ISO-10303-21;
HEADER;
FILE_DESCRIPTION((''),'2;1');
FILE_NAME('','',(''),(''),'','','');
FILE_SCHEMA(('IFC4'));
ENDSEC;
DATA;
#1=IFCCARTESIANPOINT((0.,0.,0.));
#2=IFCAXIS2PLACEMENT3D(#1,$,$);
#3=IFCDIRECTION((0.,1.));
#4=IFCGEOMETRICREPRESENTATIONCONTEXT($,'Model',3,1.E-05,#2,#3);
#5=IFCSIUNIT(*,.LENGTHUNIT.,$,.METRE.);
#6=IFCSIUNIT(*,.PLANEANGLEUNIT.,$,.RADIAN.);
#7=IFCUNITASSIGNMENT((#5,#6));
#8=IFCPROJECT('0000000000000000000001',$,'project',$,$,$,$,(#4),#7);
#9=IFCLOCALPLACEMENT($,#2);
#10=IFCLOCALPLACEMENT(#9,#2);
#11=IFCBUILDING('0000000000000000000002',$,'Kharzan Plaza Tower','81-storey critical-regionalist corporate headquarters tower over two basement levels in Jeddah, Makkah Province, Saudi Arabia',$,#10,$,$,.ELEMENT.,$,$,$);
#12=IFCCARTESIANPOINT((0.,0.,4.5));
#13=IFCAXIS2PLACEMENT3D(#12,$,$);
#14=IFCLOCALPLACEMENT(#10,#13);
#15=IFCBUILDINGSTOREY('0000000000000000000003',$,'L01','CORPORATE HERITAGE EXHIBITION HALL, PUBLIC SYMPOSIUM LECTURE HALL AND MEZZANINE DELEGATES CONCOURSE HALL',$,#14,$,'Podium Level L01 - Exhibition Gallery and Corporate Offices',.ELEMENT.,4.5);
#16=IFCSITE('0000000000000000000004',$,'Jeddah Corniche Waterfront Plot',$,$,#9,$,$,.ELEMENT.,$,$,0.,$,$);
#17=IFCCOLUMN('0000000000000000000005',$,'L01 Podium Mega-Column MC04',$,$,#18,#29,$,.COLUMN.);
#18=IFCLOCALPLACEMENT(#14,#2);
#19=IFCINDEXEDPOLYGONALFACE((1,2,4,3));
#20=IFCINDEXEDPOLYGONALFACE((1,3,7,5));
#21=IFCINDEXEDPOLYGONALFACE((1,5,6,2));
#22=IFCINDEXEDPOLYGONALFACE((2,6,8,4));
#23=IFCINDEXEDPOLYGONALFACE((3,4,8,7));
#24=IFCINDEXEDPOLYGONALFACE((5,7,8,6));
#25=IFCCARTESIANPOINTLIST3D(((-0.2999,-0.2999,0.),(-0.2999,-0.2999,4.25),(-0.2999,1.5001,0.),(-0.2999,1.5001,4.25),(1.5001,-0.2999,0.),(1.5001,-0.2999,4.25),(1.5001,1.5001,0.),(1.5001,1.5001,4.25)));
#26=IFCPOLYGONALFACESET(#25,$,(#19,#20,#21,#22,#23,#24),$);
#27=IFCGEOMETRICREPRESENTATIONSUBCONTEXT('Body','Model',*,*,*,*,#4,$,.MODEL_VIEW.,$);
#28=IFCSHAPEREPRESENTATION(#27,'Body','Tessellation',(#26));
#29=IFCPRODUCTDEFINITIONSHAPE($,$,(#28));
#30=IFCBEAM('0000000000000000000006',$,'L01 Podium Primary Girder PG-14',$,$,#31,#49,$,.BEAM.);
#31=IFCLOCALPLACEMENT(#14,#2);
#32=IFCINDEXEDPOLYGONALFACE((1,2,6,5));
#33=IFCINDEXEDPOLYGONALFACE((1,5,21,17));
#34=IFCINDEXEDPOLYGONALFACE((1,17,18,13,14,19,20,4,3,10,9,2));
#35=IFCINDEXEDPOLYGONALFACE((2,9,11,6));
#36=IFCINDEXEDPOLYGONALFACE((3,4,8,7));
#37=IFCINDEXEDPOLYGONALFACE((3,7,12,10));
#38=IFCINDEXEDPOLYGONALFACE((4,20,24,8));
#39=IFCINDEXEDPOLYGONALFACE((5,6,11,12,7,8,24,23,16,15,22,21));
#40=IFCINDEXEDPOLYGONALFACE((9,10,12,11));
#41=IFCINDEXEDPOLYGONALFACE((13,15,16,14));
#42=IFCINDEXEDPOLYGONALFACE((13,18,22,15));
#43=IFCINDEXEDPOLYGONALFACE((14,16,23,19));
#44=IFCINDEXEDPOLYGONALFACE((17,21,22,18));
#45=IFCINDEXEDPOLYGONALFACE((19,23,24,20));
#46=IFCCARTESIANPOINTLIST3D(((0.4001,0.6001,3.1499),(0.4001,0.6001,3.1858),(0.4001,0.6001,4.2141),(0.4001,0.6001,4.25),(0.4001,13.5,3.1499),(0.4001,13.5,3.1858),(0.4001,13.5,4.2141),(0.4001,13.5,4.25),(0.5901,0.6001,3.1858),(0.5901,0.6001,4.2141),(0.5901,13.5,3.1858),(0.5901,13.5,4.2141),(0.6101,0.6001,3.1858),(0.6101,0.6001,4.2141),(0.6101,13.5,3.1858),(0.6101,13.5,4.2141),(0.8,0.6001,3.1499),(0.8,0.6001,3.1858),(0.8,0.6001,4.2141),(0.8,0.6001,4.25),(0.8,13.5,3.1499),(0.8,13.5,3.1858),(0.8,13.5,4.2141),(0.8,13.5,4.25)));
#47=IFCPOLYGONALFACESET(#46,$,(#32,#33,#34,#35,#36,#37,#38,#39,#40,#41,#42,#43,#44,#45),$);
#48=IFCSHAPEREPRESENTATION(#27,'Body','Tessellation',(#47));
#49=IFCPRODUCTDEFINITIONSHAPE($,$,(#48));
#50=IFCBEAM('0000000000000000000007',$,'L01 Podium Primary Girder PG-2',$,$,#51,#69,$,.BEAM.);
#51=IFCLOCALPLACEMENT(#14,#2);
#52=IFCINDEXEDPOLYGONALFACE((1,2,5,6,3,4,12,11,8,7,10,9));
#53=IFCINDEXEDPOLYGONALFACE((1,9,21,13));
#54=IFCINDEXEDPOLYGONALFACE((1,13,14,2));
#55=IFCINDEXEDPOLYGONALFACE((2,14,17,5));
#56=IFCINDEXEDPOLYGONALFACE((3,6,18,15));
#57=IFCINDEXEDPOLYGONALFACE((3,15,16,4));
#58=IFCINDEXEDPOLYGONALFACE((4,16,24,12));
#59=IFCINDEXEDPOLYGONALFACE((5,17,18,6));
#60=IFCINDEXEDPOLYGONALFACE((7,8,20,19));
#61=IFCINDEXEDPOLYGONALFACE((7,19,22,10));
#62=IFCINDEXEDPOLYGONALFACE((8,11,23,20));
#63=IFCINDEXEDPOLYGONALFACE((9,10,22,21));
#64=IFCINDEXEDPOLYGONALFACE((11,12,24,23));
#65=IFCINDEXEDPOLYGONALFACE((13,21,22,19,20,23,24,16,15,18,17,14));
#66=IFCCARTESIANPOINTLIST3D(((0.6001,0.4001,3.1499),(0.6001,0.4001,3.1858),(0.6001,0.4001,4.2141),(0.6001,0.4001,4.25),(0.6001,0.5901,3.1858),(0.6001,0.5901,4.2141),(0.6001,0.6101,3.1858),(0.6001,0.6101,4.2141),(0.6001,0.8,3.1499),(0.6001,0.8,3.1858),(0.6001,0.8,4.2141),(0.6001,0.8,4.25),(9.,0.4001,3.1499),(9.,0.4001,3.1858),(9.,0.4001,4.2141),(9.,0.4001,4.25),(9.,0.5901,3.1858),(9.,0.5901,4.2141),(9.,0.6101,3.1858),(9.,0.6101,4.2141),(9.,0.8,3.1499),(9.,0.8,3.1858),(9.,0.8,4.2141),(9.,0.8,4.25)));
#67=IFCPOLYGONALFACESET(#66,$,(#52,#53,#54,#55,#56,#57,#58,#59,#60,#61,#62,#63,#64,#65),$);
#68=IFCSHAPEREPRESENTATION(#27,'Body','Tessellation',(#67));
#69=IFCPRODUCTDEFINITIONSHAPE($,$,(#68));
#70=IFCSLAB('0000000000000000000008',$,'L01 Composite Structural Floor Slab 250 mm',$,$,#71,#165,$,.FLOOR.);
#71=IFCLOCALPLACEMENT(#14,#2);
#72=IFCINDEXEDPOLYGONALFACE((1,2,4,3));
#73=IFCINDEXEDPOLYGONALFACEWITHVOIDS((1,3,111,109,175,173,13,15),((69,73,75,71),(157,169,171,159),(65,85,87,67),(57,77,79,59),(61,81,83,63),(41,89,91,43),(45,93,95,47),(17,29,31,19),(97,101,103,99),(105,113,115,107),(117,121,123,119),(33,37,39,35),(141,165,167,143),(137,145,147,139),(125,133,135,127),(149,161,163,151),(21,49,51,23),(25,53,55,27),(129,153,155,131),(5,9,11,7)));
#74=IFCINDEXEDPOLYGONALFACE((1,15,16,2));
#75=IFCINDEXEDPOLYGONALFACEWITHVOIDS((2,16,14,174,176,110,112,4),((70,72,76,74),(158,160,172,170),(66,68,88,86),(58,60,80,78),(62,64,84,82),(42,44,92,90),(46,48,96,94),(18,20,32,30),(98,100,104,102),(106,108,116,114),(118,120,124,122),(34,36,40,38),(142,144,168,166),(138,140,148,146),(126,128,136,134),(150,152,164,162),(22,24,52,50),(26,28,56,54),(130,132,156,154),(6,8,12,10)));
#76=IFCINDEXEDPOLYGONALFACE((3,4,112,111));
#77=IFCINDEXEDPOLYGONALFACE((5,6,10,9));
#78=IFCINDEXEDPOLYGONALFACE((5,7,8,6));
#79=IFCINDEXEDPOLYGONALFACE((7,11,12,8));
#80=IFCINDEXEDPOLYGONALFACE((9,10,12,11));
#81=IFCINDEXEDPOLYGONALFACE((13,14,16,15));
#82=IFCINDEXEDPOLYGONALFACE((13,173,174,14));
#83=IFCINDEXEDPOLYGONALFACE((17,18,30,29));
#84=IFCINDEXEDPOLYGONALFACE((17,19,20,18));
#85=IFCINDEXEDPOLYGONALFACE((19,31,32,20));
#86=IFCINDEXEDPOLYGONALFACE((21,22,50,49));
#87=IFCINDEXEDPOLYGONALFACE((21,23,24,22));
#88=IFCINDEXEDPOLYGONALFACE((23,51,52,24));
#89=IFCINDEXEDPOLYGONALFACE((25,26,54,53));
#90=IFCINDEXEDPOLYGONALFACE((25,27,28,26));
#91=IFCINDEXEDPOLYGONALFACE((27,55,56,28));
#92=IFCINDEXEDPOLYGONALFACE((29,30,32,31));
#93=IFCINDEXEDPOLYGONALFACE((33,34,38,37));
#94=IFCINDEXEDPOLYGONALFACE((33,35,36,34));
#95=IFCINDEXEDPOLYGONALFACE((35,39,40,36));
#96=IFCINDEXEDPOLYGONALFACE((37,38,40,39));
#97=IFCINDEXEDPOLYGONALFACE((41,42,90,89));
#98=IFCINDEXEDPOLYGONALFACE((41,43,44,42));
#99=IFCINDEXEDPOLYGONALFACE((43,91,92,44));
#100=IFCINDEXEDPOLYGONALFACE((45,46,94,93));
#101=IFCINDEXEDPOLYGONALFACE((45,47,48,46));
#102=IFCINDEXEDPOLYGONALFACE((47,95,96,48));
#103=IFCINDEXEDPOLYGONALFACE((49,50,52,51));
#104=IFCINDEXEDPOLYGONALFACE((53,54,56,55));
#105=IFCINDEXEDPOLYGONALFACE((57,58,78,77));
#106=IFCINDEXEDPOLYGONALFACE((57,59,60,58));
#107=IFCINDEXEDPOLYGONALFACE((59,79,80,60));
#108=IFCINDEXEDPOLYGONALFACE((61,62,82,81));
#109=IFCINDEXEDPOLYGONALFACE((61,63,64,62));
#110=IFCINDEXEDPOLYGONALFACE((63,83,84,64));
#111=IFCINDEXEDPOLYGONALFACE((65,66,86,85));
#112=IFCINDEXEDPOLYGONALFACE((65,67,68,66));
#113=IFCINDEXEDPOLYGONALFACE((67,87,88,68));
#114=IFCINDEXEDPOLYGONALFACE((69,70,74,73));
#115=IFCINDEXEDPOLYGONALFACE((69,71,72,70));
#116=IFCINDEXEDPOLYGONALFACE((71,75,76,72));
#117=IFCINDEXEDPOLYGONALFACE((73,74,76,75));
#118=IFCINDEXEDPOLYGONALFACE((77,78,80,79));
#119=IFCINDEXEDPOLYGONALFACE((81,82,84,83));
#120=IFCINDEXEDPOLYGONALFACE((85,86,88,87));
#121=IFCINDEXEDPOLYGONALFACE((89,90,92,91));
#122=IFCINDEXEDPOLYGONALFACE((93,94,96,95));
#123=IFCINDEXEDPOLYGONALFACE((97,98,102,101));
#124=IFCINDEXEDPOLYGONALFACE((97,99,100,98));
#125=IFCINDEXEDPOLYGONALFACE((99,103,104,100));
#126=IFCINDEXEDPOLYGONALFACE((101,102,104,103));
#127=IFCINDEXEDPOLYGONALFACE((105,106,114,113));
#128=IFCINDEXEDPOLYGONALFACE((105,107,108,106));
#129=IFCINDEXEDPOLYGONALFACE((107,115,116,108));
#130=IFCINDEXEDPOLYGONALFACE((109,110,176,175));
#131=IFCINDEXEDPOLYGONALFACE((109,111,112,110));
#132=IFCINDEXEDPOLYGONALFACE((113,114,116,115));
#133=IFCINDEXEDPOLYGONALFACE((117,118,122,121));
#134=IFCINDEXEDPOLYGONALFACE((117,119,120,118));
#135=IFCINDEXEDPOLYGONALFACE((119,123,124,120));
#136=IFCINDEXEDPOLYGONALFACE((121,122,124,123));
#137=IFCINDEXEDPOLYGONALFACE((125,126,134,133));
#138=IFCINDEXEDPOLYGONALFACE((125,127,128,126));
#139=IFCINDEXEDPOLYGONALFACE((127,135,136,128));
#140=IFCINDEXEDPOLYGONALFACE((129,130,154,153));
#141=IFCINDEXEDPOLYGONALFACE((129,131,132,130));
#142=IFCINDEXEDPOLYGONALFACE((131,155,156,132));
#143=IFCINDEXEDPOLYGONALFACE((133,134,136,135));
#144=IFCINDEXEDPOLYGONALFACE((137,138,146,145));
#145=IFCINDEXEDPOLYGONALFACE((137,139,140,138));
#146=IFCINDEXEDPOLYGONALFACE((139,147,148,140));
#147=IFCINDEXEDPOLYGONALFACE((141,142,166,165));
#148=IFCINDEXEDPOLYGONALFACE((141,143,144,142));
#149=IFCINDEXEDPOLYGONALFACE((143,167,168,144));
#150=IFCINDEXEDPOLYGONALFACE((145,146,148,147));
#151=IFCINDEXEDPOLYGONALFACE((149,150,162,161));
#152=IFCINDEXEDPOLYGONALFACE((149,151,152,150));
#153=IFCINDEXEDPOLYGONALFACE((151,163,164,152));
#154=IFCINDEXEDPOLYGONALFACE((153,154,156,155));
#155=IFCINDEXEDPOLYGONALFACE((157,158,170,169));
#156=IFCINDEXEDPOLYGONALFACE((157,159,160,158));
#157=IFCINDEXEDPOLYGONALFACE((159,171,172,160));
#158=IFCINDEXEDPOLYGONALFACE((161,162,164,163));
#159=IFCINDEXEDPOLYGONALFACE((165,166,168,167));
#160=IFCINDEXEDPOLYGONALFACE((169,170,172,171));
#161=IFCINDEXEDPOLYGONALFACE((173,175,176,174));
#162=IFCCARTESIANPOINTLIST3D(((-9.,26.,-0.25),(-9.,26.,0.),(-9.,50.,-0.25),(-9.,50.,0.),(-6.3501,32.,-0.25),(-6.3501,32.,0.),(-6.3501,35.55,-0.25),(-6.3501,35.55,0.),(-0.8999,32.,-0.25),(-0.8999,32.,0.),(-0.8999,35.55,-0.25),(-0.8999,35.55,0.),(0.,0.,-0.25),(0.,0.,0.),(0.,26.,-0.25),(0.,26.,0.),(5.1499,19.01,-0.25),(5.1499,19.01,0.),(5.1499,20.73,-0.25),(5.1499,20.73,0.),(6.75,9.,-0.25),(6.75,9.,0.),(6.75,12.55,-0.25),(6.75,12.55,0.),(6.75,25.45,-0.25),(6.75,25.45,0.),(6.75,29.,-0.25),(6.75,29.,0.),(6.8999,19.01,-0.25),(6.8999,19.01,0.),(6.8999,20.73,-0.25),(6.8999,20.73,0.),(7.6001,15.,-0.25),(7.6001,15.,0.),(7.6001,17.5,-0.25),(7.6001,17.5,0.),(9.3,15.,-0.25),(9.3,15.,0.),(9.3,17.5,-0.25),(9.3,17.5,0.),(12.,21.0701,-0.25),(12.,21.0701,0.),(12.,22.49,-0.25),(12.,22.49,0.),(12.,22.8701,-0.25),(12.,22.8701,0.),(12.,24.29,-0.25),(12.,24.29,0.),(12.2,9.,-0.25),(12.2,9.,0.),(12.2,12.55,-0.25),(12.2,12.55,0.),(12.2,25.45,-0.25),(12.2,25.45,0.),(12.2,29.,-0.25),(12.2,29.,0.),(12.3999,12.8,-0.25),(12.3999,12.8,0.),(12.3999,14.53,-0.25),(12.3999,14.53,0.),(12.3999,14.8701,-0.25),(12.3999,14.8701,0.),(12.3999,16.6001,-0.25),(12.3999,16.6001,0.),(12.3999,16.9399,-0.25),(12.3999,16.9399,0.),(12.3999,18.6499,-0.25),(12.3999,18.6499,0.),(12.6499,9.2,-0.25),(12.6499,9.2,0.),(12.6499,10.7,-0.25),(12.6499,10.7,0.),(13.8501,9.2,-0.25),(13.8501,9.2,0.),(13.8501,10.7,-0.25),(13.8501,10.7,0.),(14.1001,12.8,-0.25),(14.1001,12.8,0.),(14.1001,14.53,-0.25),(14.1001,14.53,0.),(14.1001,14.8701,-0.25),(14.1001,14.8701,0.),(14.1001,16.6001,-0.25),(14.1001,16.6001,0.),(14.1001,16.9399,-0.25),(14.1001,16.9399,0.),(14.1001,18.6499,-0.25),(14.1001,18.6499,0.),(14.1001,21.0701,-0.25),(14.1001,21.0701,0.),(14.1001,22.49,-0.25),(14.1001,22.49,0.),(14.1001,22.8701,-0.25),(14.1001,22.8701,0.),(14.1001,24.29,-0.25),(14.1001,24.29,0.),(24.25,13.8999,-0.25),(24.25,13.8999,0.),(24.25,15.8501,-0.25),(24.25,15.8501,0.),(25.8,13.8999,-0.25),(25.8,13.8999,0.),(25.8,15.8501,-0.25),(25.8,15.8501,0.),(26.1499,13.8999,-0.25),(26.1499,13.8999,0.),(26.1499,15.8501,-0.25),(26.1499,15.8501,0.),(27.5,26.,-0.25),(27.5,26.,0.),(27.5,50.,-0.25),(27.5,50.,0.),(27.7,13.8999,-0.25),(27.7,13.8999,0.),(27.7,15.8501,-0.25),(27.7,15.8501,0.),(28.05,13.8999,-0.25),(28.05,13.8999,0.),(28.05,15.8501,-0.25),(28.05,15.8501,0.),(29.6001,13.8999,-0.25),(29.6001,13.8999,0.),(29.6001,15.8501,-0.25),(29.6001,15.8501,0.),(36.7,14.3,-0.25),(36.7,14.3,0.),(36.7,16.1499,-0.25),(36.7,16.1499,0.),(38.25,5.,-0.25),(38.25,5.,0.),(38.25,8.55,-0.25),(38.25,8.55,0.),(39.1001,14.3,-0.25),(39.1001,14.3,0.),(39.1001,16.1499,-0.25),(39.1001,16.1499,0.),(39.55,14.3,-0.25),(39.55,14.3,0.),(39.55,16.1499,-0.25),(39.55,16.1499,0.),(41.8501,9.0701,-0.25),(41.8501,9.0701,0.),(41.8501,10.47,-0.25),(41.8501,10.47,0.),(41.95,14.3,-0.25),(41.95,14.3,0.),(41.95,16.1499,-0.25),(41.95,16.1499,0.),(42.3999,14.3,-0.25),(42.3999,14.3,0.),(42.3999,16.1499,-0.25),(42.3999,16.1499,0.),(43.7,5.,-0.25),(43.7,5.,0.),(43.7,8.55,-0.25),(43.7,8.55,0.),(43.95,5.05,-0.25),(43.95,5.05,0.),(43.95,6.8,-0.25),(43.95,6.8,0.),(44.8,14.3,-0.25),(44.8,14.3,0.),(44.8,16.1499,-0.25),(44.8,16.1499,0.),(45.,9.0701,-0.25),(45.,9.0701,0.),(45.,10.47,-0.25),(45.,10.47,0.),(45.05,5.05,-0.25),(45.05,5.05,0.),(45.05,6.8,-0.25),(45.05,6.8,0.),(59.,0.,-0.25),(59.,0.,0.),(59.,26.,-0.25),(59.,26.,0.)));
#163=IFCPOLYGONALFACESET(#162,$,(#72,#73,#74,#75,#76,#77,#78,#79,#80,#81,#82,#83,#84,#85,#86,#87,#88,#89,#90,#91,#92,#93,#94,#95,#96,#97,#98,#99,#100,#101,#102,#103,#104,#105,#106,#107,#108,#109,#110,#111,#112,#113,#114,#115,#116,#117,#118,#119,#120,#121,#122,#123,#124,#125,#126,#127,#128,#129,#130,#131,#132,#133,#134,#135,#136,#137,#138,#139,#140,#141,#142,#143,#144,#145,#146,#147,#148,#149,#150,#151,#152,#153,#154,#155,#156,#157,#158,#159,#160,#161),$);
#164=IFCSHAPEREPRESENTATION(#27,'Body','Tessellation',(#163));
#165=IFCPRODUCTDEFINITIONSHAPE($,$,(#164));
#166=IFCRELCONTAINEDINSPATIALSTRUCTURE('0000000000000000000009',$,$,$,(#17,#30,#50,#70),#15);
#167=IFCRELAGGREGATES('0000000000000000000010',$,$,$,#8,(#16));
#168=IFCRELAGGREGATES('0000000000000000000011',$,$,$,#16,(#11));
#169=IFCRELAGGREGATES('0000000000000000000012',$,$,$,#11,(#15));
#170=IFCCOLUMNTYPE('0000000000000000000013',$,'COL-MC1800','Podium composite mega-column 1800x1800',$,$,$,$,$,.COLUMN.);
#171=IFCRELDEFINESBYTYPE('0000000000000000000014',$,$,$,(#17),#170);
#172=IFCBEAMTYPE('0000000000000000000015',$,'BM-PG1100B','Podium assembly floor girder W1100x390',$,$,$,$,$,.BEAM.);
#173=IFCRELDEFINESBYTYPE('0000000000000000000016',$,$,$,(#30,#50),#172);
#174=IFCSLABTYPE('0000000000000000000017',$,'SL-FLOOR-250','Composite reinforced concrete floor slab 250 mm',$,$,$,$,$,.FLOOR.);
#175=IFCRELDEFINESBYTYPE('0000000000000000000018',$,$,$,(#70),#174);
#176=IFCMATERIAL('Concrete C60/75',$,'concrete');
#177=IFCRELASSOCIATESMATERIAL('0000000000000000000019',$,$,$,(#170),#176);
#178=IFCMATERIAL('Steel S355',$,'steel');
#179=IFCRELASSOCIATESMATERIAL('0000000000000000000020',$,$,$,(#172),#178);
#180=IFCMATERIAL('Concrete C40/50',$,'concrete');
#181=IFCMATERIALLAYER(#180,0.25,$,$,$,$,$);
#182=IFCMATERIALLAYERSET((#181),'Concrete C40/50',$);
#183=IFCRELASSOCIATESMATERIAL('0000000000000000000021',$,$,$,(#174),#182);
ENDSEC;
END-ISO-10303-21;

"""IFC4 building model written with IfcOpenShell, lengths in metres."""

from ifc_helpers import new_model, si_unit, direction, frame, origin, origin_2d, place, context, subcontext, project, spatial, polyline, rectangle, i_section, outline, extrude, source, transform, mapped, material, layer, layer_set, material_profile, profile_set, type_object, element, save


model = new_model("IFC4")

# Units and contexts
model_context = context("Model", 3, precision=1e-05, world=origin(), true_north=direction((0.0, 1.0)))
body_context = subcontext(model_context, "Body", "Model", "MODEL_VIEW")
ifc_project = project(units=[si_unit("LENGTHUNIT", "METRE"), si_unit("PLANEANGLEUNIT", "RADIAN")], contexts=[model_context])

# Site, building, storey
site_placement = place(None, origin())
site = spatial("IfcSite", under=ifc_project, at=site_placement, Name="Jeddah Corniche Waterfront Plot", CompositionType="ELEMENT", RefElevation=0.0)
building_placement = place(site_placement, origin())
building = spatial("IfcBuilding", under=site, at=building_placement, Name="Kharzan Plaza Tower", Description="81-storey critical-regionalist corporate headquarters tower over two basement levels in Jeddah, Makkah Province, Saudi Arabia", CompositionType="ELEMENT")
storey_placement = place(building_placement, frame((0.0, 0.0, 4.5)))
storey = spatial("IfcBuildingStorey", under=building, at=storey_placement, Name="L01", Description="CORPORATE HERITAGE EXHIBITION HALL, PUBLIC SYMPOSIUM LECTURE HALL AND MEZZANINE DELEGATES CONCOURSE HALL", LongName="Podium Level L01 - Exhibition Gallery and Corporate Offices", CompositionType="ELEMENT", Elevation=4.5)

# Column
ifc_material_1 = material(Name="Concrete C60/75", Category="concrete")
ifc_material_profile_1 = material_profile(ifc_material_1, rectangle(XDim=1.8, YDim=1.8, at=origin_2d()), Name="RC-MC1800x1800")
ifc_profile_set_1 = profile_set([ifc_material_profile_1], Name="Concrete C60/75")
column_type = type_object("IfcColumnType", Name="COL-MC1800", Description="Podium composite mega-column 1800x1800", PredefinedType="COLUMN", material=ifc_profile_set_1)
shared_shape_1 = source(origin(), body_context, "Body", "SweptSolid", [
    extrude(rectangle(XDim=1.8, YDim=1.8, at=origin_2d()), origin(), (0.0, 0.0, 1.0), 4.25),
])
column_placement = place(storey_placement, frame((0.6001, 0.6001, 0.0), z_axis=(0.0, 0.0, 1.0), x_axis=(1.0, 0.0, 0.0)))
element("IfcColumn", 1, at=column_placement, inside=storey, type_object=column_type, Name="L01 Podium Mega-Column MC04", PredefinedType="COLUMN", context=body_context, shape_type="MappedRepresentation", body=[
    mapped(shared_shape_1, transform((0.0, 0.0, 0.0), x_axis=(1.0, 0.0, 0.0), y_axis=(0.0, 1.0, 0.0), z_axis=(0.0, 0.0, 1.0))),
])

# Beams
ifc_material_2 = material(Name="Steel S355", Category="steel")
ifc_material_profile_2 = material_profile(ifc_material_2, i_section(OverallWidth=0.3999, OverallDepth=1.1001, WebThickness=0.02, FlangeThickness=0.0359, at=origin_2d()), Name="W1100x390")
ifc_profile_set_2 = profile_set([ifc_material_profile_2], Name="Steel S355")
beam_type = type_object("IfcBeamType", Name="BM-PG1100B", Description="Podium assembly floor girder W1100x390", PredefinedType="BEAM", material=ifc_profile_set_2)
shared_shape_2 = source(origin(), body_context, "Body", "SweptSolid", [
    extrude(i_section(OverallWidth=0.3999, OverallDepth=1.1001, WebThickness=0.02, FlangeThickness=0.0359, at=origin_2d()), origin(), (0.0, 0.0, 1.0), 12.8999),
])
beam_1_placement = place(storey_placement, frame((0.6001, 0.6001, 3.7), z_axis=(0.0, 1.0, 0.0), x_axis=(-1.0, 0.0, 0.0)))
element("IfcBeam", 2, at=beam_1_placement, inside=storey, type_object=beam_type, Name="L01 Podium Primary Girder PG-14", PredefinedType="BEAM", context=body_context, shape_type="MappedRepresentation", body=[
    mapped(shared_shape_2, transform((0.0, 0.0, 0.0), x_axis=(1.0, 0.0, 0.0), y_axis=(0.0, 1.0, 0.0), z_axis=(0.0, 0.0, 1.0))),
])
shared_shape_3 = source(origin(), body_context, "Body", "SweptSolid", [
    extrude(i_section(OverallWidth=0.3999, OverallDepth=1.1001, WebThickness=0.02, FlangeThickness=0.0359, at=origin_2d()), origin(), (0.0, 0.0, 1.0), 8.3999),
])
beam_2_placement = place(storey_placement, frame((0.6001, 0.6001, 3.7), z_axis=(1.0, 0.0, 0.0), x_axis=(0.0, 1.0, 0.0)))
element("IfcBeam", 3, at=beam_2_placement, inside=storey, type_object=beam_type, Name="L01 Podium Primary Girder PG-2", PredefinedType="BEAM", context=body_context, shape_type="MappedRepresentation", body=[
    mapped(shared_shape_3, transform((0.0, 0.0, 0.0), x_axis=(1.0, 0.0, 0.0), y_axis=(0.0, 1.0, 0.0), z_axis=(0.0, 0.0, 1.0))),
])

# Slab
ifc_material_3 = material(Name="Concrete C40/50", Category="concrete")
ifc_layer_1 = layer(ifc_material_3, 0.25)
ifc_layer_set_1 = layer_set([ifc_layer_1], Name="Concrete C40/50")
slab_type_1 = type_object("IfcSlabType", Name="SL-FLOOR-250", Description="Composite reinforced concrete floor slab 250 mm", PredefinedType="FLOOR", material=ifc_layer_set_1)
slab_1_placement = place(storey_placement, frame((0.0, 0.0, -0.25)))
element("IfcSlab", 4, at=slab_1_placement, inside=storey, type_object=slab_type_1, Name="L01 Composite Structural Floor Slab 250 mm", PredefinedType="FLOOR", context=body_context, shape_type="SweptSolid", body=[
    extrude(outline(polyline([(59.0, 0.0), (59.0, 26.0), (27.5, 26.0), (27.5, 50.0), (-9.0, 50.0), (-9.0, 26.0), (0.0, 26.0), (0.0, 0.0), (59.0, 0.0)]), holes=[polyline([(12.2, 9.0), (12.2, 12.55), (6.75, 12.55), (6.75, 9.0), (12.2, 9.0)]), polyline([(14.1001, 12.8), (14.1001, 14.53), (12.3999, 14.53), (12.3999, 12.8), (14.1001, 12.8)]), polyline([(14.1001, 14.8701), (14.1001, 16.6001), (12.3999, 16.6001), (12.3999, 14.8701), (14.1001, 14.8701)]), polyline([(7.6001, 15.0), (9.3, 15.0), (9.3, 17.5), (7.6001, 17.5), (7.6001, 15.0)]), polyline([(12.3999, 16.9399), (14.1001, 16.9399), (14.1001, 18.6499), (12.3999, 18.6499), (12.3999, 16.9399)]), polyline([(6.8999, 19.01), (6.8999, 20.73), (5.1499, 20.73), (5.1499, 19.01), (6.8999, 19.01)]), polyline([(14.1001, 21.0701), (14.1001, 22.49), (12.0, 22.49), (12.0, 21.0701), (14.1001, 21.0701)]), polyline([(14.1001, 22.8701), (14.1001, 24.29), (12.0, 24.29), (12.0, 22.8701), (14.1001, 22.8701)]), polyline([(6.75, 25.45), (12.2, 25.45), (12.2, 29.0), (6.75, 29.0), (6.75, 25.45)]), polyline([(-6.3501, 32.0), (-0.8999, 32.0), (-0.8999, 35.55), (-6.3501, 35.55), (-6.3501, 32.0)]), polyline([(45.05, 5.05), (45.05, 6.8), (43.95, 6.8), (43.95, 5.05), (45.05, 5.05)]), polyline([(43.7, 5.0), (43.7, 8.55), (38.25, 8.55), (38.25, 5.0), (43.7, 5.0)]), polyline([(45.0, 9.0701), (45.0, 10.47), (41.8501, 10.47), (41.8501, 9.0701), (45.0, 9.0701)]), polyline([(12.6499, 9.2), (13.8501, 9.2), (13.8501, 10.7), (12.6499, 10.7), (12.6499, 9.2)]), polyline([(24.25, 13.8999), (25.8, 13.8999), (25.8, 15.8501), (24.25, 15.8501), (24.25, 13.8999)]), polyline([(27.7, 13.8999), (27.7, 15.8501), (26.1499, 15.8501), (26.1499, 13.8999), (27.7, 13.8999)]), polyline([(29.6001, 13.8999), (29.6001, 15.8501), (28.05, 15.8501), (28.05, 13.8999), (29.6001, 13.8999)]), polyline([(39.1001, 14.3), (39.1001, 16.1499), (36.7, 16.1499), (36.7, 14.3), (39.1001, 14.3)]), polyline([(39.55, 14.3), (41.95, 14.3), (41.95, 16.1499), (39.55, 16.1499), (39.55, 14.3)]), polyline([(42.3999, 14.3), (44.8, 14.3), (44.8, 16.1499), (42.3999, 16.1499), (42.3999, 14.3)])]), origin(), (0.0, 0.0, 1.0), 0.25),
])

save(model, "model.ifc")
